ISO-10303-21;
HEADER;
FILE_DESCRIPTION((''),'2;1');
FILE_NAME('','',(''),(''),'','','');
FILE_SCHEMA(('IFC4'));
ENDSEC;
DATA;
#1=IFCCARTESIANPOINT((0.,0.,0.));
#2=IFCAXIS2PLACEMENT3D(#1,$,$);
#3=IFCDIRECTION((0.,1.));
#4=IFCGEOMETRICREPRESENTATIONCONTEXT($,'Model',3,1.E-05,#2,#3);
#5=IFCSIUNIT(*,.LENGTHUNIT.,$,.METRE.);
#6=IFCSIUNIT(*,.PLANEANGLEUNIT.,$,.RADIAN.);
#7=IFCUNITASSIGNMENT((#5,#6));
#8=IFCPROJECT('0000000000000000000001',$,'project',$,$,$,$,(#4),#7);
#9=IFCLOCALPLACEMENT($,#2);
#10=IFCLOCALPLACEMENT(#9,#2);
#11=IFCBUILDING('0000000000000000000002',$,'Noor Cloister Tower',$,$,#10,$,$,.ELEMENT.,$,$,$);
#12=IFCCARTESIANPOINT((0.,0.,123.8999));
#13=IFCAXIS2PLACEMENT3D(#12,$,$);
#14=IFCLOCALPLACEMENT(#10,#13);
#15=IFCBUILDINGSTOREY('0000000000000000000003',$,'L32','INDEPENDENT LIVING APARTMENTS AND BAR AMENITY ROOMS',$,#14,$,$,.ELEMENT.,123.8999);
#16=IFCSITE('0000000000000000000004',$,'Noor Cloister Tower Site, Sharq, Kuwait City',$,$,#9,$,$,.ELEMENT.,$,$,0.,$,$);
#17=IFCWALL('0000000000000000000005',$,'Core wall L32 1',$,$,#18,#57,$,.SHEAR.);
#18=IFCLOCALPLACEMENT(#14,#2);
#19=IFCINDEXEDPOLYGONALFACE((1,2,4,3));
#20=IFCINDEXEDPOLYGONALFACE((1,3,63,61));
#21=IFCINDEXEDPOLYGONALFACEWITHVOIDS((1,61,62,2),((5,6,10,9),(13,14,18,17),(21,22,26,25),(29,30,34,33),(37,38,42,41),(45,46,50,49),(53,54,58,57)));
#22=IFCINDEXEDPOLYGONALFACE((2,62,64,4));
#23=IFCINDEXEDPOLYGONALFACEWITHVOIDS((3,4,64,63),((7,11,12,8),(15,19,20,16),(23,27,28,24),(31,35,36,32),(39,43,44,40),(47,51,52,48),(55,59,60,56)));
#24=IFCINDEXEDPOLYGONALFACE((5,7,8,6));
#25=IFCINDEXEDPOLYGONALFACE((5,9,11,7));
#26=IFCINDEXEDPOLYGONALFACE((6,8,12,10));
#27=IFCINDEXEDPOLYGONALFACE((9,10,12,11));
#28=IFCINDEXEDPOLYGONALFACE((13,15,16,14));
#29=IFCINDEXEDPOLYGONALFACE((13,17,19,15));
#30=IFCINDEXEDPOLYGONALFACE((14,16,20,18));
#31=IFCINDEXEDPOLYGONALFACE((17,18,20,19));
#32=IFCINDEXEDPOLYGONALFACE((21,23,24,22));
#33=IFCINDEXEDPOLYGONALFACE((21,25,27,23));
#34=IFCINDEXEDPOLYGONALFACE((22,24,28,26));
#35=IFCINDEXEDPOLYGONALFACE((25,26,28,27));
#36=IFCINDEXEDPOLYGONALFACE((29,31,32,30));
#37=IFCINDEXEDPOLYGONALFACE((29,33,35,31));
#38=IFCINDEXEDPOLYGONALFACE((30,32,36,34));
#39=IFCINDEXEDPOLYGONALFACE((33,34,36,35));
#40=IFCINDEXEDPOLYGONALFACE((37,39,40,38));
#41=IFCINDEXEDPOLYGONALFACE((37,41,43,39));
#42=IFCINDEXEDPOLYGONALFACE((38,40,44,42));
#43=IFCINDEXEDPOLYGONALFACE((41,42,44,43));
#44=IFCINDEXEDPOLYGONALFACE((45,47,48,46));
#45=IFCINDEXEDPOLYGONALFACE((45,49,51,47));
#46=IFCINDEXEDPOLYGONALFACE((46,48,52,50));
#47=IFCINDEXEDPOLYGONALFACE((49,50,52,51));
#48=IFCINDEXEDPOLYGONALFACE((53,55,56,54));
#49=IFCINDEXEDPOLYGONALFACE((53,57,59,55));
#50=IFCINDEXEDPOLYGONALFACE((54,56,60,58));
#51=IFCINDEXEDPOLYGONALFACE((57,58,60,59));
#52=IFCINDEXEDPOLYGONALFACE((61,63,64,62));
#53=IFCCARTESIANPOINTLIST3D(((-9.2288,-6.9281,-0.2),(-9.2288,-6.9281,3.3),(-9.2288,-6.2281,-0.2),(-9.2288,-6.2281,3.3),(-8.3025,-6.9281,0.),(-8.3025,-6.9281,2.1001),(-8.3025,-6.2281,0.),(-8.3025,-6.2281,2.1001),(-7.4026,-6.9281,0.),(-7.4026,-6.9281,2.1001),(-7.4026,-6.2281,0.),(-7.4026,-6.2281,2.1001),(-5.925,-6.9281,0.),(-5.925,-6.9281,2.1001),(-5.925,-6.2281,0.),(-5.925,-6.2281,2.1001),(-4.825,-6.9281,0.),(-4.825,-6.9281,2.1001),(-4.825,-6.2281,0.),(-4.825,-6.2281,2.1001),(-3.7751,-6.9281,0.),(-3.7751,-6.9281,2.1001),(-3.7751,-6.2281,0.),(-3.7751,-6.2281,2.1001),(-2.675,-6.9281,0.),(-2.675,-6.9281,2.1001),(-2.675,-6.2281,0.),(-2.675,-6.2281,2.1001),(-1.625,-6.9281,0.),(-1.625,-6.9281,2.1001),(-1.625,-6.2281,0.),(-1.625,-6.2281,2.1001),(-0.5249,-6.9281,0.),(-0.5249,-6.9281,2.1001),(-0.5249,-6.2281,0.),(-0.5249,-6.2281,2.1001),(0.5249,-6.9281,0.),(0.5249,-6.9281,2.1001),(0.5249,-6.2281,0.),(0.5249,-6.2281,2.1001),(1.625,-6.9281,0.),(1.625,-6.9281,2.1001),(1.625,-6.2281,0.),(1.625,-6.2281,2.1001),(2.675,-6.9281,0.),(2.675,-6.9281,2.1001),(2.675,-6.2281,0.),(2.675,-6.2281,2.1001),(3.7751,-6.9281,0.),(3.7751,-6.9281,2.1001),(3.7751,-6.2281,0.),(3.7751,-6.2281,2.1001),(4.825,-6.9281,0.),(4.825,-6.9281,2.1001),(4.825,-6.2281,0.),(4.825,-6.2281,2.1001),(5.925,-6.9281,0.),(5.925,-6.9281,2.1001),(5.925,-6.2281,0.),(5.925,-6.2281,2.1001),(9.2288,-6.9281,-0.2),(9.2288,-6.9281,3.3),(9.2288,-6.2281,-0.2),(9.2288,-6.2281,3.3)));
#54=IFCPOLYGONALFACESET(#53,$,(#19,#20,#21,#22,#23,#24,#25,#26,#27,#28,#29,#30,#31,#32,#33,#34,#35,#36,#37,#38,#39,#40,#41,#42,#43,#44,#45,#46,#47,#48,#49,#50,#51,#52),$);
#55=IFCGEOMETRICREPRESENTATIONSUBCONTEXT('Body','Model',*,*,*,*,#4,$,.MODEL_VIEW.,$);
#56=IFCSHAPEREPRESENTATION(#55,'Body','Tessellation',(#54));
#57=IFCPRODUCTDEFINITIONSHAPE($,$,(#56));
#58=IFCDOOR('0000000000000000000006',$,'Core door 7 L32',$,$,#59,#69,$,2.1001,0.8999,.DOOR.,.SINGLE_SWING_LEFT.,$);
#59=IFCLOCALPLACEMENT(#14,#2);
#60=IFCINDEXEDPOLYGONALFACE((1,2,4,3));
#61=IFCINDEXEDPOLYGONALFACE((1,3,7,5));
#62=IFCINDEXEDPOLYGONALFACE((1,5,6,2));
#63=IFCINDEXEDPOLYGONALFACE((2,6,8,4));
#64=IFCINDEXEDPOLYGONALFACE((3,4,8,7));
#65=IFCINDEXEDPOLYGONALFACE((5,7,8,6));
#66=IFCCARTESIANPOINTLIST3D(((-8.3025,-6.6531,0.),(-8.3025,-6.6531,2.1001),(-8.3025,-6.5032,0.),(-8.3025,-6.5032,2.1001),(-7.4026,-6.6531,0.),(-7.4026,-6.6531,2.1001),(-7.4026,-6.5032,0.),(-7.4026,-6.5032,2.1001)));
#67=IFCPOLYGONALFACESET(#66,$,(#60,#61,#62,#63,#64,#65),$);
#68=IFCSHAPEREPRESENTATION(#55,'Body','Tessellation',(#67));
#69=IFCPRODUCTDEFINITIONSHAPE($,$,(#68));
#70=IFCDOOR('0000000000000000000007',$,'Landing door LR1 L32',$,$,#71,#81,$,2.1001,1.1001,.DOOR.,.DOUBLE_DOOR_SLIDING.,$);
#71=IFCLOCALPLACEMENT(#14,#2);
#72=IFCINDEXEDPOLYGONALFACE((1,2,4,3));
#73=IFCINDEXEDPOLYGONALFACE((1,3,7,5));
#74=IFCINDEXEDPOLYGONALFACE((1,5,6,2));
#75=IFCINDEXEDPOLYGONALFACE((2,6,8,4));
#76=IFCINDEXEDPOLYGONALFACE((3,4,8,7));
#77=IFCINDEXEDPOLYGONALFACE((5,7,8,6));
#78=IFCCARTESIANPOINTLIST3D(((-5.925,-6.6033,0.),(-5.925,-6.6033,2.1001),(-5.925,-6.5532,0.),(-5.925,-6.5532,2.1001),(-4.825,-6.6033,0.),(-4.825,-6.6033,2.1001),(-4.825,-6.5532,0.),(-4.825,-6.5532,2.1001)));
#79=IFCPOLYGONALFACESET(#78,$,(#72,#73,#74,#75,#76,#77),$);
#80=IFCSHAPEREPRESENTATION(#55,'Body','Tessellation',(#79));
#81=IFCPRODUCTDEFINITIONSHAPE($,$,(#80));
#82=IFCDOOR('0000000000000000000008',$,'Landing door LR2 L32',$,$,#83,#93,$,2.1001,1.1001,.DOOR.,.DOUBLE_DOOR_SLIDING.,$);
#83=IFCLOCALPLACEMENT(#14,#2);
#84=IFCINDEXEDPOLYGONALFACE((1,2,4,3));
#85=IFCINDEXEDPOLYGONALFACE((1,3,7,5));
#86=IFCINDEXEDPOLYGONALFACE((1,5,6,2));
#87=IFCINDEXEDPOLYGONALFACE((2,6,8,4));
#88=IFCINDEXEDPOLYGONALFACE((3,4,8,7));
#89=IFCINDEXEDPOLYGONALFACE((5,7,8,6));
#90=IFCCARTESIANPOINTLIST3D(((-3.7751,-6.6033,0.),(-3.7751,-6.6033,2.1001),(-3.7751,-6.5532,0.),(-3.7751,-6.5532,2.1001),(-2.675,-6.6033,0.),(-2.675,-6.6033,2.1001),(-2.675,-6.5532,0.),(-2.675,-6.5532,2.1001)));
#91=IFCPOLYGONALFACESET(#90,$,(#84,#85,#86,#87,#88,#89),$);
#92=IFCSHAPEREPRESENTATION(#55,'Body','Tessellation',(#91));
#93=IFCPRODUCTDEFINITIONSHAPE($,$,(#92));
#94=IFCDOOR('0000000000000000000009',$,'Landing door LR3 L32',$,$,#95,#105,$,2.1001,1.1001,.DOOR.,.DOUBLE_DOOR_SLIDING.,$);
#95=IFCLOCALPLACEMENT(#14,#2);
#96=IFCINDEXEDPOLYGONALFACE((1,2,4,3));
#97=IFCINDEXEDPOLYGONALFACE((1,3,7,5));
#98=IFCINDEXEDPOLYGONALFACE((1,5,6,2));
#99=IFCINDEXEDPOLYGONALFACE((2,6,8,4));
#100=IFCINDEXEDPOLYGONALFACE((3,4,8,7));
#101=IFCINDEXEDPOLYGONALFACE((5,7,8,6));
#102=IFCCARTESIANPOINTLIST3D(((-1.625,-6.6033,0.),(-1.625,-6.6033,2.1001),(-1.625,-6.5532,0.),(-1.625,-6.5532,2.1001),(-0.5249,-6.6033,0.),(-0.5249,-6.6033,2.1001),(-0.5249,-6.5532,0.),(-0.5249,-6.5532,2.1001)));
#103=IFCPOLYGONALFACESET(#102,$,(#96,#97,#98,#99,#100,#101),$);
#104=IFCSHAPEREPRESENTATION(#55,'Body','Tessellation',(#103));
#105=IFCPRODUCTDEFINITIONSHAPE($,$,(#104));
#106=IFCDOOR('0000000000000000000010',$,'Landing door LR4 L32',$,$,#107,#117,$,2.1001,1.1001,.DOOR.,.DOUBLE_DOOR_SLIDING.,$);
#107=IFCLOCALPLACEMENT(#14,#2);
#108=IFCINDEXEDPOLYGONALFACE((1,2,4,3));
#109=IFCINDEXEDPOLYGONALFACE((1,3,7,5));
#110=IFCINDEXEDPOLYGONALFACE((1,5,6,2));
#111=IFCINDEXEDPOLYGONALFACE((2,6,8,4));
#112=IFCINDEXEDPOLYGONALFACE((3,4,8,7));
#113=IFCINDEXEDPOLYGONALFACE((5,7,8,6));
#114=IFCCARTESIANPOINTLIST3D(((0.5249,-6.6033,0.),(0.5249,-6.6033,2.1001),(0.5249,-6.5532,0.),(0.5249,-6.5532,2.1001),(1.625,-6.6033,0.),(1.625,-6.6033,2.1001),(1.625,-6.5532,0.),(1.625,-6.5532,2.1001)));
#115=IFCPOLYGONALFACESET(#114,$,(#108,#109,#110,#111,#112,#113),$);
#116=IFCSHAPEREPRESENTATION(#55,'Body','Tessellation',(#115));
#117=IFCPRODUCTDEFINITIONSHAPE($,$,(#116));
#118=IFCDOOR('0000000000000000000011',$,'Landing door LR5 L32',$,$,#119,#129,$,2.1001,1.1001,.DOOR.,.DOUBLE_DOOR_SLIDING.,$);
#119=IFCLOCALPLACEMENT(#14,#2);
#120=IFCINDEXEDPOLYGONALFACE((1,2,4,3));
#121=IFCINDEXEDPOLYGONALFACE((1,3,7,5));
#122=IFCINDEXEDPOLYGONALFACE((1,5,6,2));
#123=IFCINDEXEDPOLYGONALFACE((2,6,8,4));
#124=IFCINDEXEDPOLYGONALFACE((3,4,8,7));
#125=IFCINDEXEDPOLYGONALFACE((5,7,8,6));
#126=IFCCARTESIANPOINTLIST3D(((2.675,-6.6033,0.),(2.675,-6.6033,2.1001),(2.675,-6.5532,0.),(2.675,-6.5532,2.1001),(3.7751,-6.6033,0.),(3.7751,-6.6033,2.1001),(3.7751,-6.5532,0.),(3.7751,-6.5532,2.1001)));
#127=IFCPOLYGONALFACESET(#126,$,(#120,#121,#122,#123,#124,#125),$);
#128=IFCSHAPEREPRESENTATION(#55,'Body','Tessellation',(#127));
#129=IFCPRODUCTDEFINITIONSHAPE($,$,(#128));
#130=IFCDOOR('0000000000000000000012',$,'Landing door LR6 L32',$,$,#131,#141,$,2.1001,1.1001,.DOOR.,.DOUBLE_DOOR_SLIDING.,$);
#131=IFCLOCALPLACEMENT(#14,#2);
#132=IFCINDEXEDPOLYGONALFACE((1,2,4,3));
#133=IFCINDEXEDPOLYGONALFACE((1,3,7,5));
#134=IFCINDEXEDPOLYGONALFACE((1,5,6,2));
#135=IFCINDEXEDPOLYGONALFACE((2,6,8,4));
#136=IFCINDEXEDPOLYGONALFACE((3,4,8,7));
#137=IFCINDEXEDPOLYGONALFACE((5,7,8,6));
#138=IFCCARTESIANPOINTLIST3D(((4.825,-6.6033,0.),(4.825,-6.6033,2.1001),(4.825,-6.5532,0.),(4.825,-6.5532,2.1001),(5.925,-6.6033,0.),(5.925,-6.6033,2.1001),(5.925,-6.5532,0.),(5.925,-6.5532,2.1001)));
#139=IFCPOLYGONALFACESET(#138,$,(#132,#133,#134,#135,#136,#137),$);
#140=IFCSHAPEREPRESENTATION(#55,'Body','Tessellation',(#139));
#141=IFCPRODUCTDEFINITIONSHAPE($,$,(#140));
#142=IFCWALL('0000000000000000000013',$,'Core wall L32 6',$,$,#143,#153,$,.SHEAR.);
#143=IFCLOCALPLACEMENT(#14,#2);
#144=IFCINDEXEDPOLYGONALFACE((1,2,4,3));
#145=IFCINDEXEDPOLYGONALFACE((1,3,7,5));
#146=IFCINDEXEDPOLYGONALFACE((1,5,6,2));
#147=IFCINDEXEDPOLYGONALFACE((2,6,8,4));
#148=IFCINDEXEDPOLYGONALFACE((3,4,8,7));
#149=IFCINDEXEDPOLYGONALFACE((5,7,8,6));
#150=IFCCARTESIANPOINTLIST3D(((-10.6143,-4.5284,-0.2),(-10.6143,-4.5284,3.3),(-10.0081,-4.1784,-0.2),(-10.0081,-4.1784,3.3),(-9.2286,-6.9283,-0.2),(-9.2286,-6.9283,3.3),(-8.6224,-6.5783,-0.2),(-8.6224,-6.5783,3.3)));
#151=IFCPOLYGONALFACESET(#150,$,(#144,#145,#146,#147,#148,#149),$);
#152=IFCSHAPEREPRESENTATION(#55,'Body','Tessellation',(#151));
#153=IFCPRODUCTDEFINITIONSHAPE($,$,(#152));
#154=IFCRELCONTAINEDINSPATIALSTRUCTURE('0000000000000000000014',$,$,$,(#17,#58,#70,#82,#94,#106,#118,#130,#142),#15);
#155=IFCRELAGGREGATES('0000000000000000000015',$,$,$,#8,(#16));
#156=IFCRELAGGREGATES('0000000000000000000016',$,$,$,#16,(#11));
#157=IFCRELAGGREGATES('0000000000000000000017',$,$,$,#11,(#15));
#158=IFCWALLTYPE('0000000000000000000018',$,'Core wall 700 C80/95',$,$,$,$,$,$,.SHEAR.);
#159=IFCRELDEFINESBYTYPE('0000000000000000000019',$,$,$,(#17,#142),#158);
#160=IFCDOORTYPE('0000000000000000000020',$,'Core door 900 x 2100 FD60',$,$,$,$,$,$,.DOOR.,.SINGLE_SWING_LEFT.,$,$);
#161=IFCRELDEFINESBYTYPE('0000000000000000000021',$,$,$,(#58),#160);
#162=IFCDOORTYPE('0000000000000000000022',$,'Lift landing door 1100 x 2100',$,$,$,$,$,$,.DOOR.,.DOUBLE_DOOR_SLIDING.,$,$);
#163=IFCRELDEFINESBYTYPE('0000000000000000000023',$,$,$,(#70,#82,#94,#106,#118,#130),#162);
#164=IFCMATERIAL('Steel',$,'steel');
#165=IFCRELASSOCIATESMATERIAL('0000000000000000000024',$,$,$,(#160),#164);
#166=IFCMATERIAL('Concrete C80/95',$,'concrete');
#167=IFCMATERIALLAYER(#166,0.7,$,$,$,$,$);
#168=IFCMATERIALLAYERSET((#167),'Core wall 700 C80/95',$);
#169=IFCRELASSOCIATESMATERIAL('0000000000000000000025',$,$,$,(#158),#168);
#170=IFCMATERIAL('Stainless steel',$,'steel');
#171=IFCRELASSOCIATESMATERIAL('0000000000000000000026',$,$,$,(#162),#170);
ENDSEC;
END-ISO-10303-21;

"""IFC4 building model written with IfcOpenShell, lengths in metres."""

from ifc_helpers import new_model, si_unit, direction, frame, frame_2d, origin, place, context, subcontext, project, spatial, rectangle, extrude, material, layer, layer_set, type_object, element, fill, save


model = new_model("IFC4")

# Units and contexts
model_context = context("Model", 3, precision=1e-05, world=origin(), true_north=direction((0.0, 1.0)))
body_context = subcontext(model_context, "Body", "Model", "MODEL_VIEW")
ifc_project = project(units=[si_unit("LENGTHUNIT", "METRE"), si_unit("PLANEANGLEUNIT", "RADIAN")], contexts=[model_context])

# Site, building, storey
site_placement = place(None, origin())
site = spatial("IfcSite", under=ifc_project, at=site_placement, Name="Noor Cloister Tower Site, Sharq, Kuwait City", CompositionType="ELEMENT", RefElevation=0.0)
building_placement = place(site_placement, origin())
building = spatial("IfcBuilding", under=site, at=building_placement, Name="Noor Cloister Tower", CompositionType="ELEMENT")
storey_placement = place(building_placement, frame((0.0, 0.0, 123.8999)))
storey = spatial("IfcBuildingStorey", under=building, at=storey_placement, Name="L32", Description="INDEPENDENT LIVING APARTMENTS AND BAR AMENITY ROOMS", CompositionType="ELEMENT", Elevation=123.8999)

# Shared definitions
ifc_material_1 = material(Name="Steel", Category="steel")
door_type_1 = type_object("IfcDoorType", Name="Core door 900 x 2100 FD60", OperationType="SINGLE_SWING_LEFT", PredefinedType="DOOR", material=ifc_material_1)

# Wall, openings, doors
ifc_material_2 = material(Name="Concrete C80/95", Category="concrete")
ifc_layer_1 = layer(ifc_material_2, 0.7)
ifc_layer_set_1 = layer_set([ifc_layer_1], Name="Core wall 700 C80/95")
wall_type_1 = type_object("IfcWallType", Name="Core wall 700 C80/95", PredefinedType="SHEAR", material=ifc_layer_set_1)
wall_1_placement = place(storey_placement, frame((-9.2288, -6.5781, -0.2), z_axis=(0.0, 0.0, 1.0), x_axis=(1.0, 0.0, 0.0)))
wall_1 = element("IfcWall", 1, at=wall_1_placement, inside=storey, type_object=wall_type_1, Name="Core wall L32 1", PredefinedType="SHEAR", context=body_context, shape_type="SweptSolid", body=[
    extrude(rectangle(XDim=18.4575, YDim=0.7, at=frame_2d((9.2288, 0.0))), origin(), (0.0, 0.0, 1.0), 3.5),
])
opening_1_placement = place(wall_1_placement, frame((3.3037, 0.0, 0.2)))
opening_1 = element("IfcOpeningElement", 2, at=opening_1_placement, cuts=wall_1, PredefinedType="OPENING", context=body_context, shape_type="SweptSolid", body=[
    extrude(rectangle(XDim=1.1001, YDim=2.1001, at=frame_2d((0.55, 1.05))), frame((0.0, 0.3599, 0.0), z_axis=(0.0, -1.0, 0.0), x_axis=(1.0, 0.0, 0.0)), (0.0, 0.0, 1.0), 0.72),
])
opening_2_placement = place(wall_1_placement, frame((5.4536, 0.0, 0.2)))
opening_2 = element("IfcOpeningElement", 3, at=opening_2_placement, cuts=wall_1, PredefinedType="OPENING", context=body_context, shape_type="SweptSolid", body=[
    extrude(rectangle(XDim=1.1001, YDim=2.1001, at=frame_2d((0.55, 1.05))), frame((0.0, 0.3599, 0.0), z_axis=(0.0, -1.0, 0.0), x_axis=(1.0, 0.0, 0.0)), (0.0, 0.0, 1.0), 0.72),
])
opening_3_placement = place(wall_1_placement, frame((7.6038, 0.0, 0.2)))
opening_3 = element("IfcOpeningElement", 4, at=opening_3_placement, cuts=wall_1, PredefinedType="OPENING", context=body_context, shape_type="SweptSolid", body=[
    extrude(rectangle(XDim=1.1001, YDim=2.1001, at=frame_2d((0.55, 1.05))), frame((0.0, 0.3599, 0.0), z_axis=(0.0, -1.0, 0.0), x_axis=(1.0, 0.0, 0.0)), (0.0, 0.0, 1.0), 0.72),
])
opening_4_placement = place(wall_1_placement, frame((9.7537, 0.0, 0.2)))
opening_4 = element("IfcOpeningElement", 5, at=opening_4_placement, cuts=wall_1, PredefinedType="OPENING", context=body_context, shape_type="SweptSolid", body=[
    extrude(rectangle(XDim=1.1001, YDim=2.1001, at=frame_2d((0.55, 1.05))), frame((0.0, 0.3599, 0.0), z_axis=(0.0, -1.0, 0.0), x_axis=(1.0, 0.0, 0.0)), (0.0, 0.0, 1.0), 0.72),
])
opening_5_placement = place(wall_1_placement, frame((11.9038, 0.0, 0.2)))
opening_5 = element("IfcOpeningElement", 6, at=opening_5_placement, cuts=wall_1, PredefinedType="OPENING", context=body_context, shape_type="SweptSolid", body=[
    extrude(rectangle(XDim=1.1001, YDim=2.1001, at=frame_2d((0.55, 1.05))), frame((0.0, 0.3599, 0.0), z_axis=(0.0, -1.0, 0.0), x_axis=(1.0, 0.0, 0.0)), (0.0, 0.0, 1.0), 0.72),
])
opening_6_placement = place(wall_1_placement, frame((14.0537, 0.0, 0.2)))
opening_6 = element("IfcOpeningElement", 7, at=opening_6_placement, cuts=wall_1, PredefinedType="OPENING", context=body_context, shape_type="SweptSolid", body=[
    extrude(rectangle(XDim=1.1001, YDim=2.1001, at=frame_2d((0.55, 1.05))), frame((0.0, 0.3599, 0.0), z_axis=(0.0, -1.0, 0.0), x_axis=(1.0, 0.0, 0.0)), (0.0, 0.0, 1.0), 0.72),
])
opening_7_placement = place(wall_1_placement, frame((0.9263, 0.0, 0.2)))
opening_7 = element("IfcOpeningElement", 8, at=opening_7_placement, cuts=wall_1, PredefinedType="OPENING", context=body_context, shape_type="SweptSolid", body=[
    extrude(rectangle(XDim=0.8999, YDim=2.1001, at=frame_2d((0.45, 1.05))), frame((0.0, 0.3599, 0.0), z_axis=(0.0, -1.0, 0.0), x_axis=(1.0, 0.0, 0.0)), (0.0, 0.0, 1.0), 0.72),
])
door_1_placement = place(opening_7_placement, origin())
door_1 = element("IfcDoor", 9, at=door_1_placement, inside=storey, type_object=door_type_1, Name="Core door 7 L32", OperationType="SINGLE_SWING_LEFT", OverallHeight=2.1001, OverallWidth=0.8999, PredefinedType="DOOR", context=body_context, shape_type="SweptSolid", body=[
    extrude(rectangle(XDim=0.8999, YDim=2.1001, at=frame_2d((0.45, 1.05))), frame((0.0, 0.075, 0.0), z_axis=(0.0, -1.0, 0.0), x_axis=(1.0, 0.0, 0.0)), (0.0, 0.0, 1.0), 0.1499),
])
fill(opening_7, door_1)
ifc_material_3 = material(Name="Stainless steel", Category="steel")
door_type_2 = type_object("IfcDoorType", Name="Lift landing door 1100 x 2100", OperationType="DOUBLE_DOOR_SLIDING", PredefinedType="DOOR", material=ifc_material_3)
door_2_placement = place(opening_1_placement, origin())
door_2 = element("IfcDoor", 10, at=door_2_placement, inside=storey, type_object=door_type_2, Name="Landing door LR1 L32", OperationType="DOUBLE_DOOR_SLIDING", OverallHeight=2.1001, OverallWidth=1.1001, PredefinedType="DOOR", context=body_context, shape_type="SweptSolid", body=[
    extrude(rectangle(XDim=1.1001, YDim=2.1001, at=frame_2d((0.55, 1.05))), frame((0.0, 0.0249, 0.0), z_axis=(0.0, -1.0, 0.0), x_axis=(1.0, 0.0, 0.0)), (0.0, 0.0, 1.0), 0.05),
])
fill(opening_1, door_2)
door_3_placement = place(opening_2_placement, origin())
door_3 = element("IfcDoor", 11, at=door_3_placement, inside=storey, type_object=door_type_2, Name="Landing door LR2 L32", OperationType="DOUBLE_DOOR_SLIDING", OverallHeight=2.1001, OverallWidth=1.1001, PredefinedType="DOOR", context=body_context, shape_type="SweptSolid", body=[
    extrude(rectangle(XDim=1.1001, YDim=2.1001, at=frame_2d((0.55, 1.05))), frame((0.0, 0.0249, 0.0), z_axis=(0.0, -1.0, 0.0), x_axis=(1.0, 0.0, 0.0)), (0.0, 0.0, 1.0), 0.05),
])
fill(opening_2, door_3)
door_4_placement = place(opening_3_placement, origin())
door_4 = element("IfcDoor", 12, at=door_4_placement, inside=storey, type_object=door_type_2, Name="Landing door LR3 L32", OperationType="DOUBLE_DOOR_SLIDING", OverallHeight=2.1001, OverallWidth=1.1001, PredefinedType="DOOR", context=body_context, shape_type="SweptSolid", body=[
    extrude(rectangle(XDim=1.1001, YDim=2.1001, at=frame_2d((0.55, 1.05))), frame((0.0, 0.0249, 0.0), z_axis=(0.0, -1.0, 0.0), x_axis=(1.0, 0.0, 0.0)), (0.0, 0.0, 1.0), 0.05),
])
fill(opening_3, door_4)
door_5_placement = place(opening_4_placement, origin())
door_5 = element("IfcDoor", 13, at=door_5_placement, inside=storey, type_object=door_type_2, Name="Landing door LR4 L32", OperationType="DOUBLE_DOOR_SLIDING", OverallHeight=2.1001, OverallWidth=1.1001, PredefinedType="DOOR", context=body_context, shape_type="SweptSolid", body=[
    extrude(rectangle(XDim=1.1001, YDim=2.1001, at=frame_2d((0.55, 1.05))), frame((0.0, 0.0249, 0.0), z_axis=(0.0, -1.0, 0.0), x_axis=(1.0, 0.0, 0.0)), (0.0, 0.0, 1.0), 0.05),
])
fill(opening_4, door_5)
door_6_placement = place(opening_5_placement, origin())
door_6 = element("IfcDoor", 14, at=door_6_placement, inside=storey, type_object=door_type_2, Name="Landing door LR5 L32", OperationType="DOUBLE_DOOR_SLIDING", OverallHeight=2.1001, OverallWidth=1.1001, PredefinedType="DOOR", context=body_context, shape_type="SweptSolid", body=[
    extrude(rectangle(XDim=1.1001, YDim=2.1001, at=frame_2d((0.55, 1.05))), frame((0.0, 0.0249, 0.0), z_axis=(0.0, -1.0, 0.0), x_axis=(1.0, 0.0, 0.0)), (0.0, 0.0, 1.0), 0.05),
])
fill(opening_5, door_6)
door_7_placement = place(opening_6_placement, origin())
door_7 = element("IfcDoor", 15, at=door_7_placement, inside=storey, type_object=door_type_2, Name="Landing door LR6 L32", OperationType="DOUBLE_DOOR_SLIDING", OverallHeight=2.1001, OverallWidth=1.1001, PredefinedType="DOOR", context=body_context, shape_type="SweptSolid", body=[
    extrude(rectangle(XDim=1.1001, YDim=2.1001, at=frame_2d((0.55, 1.05))), frame((0.0, 0.0249, 0.0), z_axis=(0.0, -1.0, 0.0), x_axis=(1.0, 0.0, 0.0)), (0.0, 0.0, 1.0), 0.05),
])
fill(opening_6, door_7)

# Wall
wall_2_placement = place(storey_placement, frame((-10.3113, -4.3533, -0.2), z_axis=(0.0, 0.0, 1.0), x_axis=(0.500043, -0.866001, 0.0)))
element("IfcWall", 16, at=wall_2_placement, inside=storey, type_object=wall_type_1, Name="Core wall L32 6", PredefinedType="SHEAR", context=body_context, shape_type="SweptSolid", body=[
    extrude(rectangle(XDim=2.7712, YDim=0.7, at=frame_2d((1.3857, 0.0))), origin(), (0.0, 0.0, 1.0), 3.5),
])

save(model, "model.ifc")
